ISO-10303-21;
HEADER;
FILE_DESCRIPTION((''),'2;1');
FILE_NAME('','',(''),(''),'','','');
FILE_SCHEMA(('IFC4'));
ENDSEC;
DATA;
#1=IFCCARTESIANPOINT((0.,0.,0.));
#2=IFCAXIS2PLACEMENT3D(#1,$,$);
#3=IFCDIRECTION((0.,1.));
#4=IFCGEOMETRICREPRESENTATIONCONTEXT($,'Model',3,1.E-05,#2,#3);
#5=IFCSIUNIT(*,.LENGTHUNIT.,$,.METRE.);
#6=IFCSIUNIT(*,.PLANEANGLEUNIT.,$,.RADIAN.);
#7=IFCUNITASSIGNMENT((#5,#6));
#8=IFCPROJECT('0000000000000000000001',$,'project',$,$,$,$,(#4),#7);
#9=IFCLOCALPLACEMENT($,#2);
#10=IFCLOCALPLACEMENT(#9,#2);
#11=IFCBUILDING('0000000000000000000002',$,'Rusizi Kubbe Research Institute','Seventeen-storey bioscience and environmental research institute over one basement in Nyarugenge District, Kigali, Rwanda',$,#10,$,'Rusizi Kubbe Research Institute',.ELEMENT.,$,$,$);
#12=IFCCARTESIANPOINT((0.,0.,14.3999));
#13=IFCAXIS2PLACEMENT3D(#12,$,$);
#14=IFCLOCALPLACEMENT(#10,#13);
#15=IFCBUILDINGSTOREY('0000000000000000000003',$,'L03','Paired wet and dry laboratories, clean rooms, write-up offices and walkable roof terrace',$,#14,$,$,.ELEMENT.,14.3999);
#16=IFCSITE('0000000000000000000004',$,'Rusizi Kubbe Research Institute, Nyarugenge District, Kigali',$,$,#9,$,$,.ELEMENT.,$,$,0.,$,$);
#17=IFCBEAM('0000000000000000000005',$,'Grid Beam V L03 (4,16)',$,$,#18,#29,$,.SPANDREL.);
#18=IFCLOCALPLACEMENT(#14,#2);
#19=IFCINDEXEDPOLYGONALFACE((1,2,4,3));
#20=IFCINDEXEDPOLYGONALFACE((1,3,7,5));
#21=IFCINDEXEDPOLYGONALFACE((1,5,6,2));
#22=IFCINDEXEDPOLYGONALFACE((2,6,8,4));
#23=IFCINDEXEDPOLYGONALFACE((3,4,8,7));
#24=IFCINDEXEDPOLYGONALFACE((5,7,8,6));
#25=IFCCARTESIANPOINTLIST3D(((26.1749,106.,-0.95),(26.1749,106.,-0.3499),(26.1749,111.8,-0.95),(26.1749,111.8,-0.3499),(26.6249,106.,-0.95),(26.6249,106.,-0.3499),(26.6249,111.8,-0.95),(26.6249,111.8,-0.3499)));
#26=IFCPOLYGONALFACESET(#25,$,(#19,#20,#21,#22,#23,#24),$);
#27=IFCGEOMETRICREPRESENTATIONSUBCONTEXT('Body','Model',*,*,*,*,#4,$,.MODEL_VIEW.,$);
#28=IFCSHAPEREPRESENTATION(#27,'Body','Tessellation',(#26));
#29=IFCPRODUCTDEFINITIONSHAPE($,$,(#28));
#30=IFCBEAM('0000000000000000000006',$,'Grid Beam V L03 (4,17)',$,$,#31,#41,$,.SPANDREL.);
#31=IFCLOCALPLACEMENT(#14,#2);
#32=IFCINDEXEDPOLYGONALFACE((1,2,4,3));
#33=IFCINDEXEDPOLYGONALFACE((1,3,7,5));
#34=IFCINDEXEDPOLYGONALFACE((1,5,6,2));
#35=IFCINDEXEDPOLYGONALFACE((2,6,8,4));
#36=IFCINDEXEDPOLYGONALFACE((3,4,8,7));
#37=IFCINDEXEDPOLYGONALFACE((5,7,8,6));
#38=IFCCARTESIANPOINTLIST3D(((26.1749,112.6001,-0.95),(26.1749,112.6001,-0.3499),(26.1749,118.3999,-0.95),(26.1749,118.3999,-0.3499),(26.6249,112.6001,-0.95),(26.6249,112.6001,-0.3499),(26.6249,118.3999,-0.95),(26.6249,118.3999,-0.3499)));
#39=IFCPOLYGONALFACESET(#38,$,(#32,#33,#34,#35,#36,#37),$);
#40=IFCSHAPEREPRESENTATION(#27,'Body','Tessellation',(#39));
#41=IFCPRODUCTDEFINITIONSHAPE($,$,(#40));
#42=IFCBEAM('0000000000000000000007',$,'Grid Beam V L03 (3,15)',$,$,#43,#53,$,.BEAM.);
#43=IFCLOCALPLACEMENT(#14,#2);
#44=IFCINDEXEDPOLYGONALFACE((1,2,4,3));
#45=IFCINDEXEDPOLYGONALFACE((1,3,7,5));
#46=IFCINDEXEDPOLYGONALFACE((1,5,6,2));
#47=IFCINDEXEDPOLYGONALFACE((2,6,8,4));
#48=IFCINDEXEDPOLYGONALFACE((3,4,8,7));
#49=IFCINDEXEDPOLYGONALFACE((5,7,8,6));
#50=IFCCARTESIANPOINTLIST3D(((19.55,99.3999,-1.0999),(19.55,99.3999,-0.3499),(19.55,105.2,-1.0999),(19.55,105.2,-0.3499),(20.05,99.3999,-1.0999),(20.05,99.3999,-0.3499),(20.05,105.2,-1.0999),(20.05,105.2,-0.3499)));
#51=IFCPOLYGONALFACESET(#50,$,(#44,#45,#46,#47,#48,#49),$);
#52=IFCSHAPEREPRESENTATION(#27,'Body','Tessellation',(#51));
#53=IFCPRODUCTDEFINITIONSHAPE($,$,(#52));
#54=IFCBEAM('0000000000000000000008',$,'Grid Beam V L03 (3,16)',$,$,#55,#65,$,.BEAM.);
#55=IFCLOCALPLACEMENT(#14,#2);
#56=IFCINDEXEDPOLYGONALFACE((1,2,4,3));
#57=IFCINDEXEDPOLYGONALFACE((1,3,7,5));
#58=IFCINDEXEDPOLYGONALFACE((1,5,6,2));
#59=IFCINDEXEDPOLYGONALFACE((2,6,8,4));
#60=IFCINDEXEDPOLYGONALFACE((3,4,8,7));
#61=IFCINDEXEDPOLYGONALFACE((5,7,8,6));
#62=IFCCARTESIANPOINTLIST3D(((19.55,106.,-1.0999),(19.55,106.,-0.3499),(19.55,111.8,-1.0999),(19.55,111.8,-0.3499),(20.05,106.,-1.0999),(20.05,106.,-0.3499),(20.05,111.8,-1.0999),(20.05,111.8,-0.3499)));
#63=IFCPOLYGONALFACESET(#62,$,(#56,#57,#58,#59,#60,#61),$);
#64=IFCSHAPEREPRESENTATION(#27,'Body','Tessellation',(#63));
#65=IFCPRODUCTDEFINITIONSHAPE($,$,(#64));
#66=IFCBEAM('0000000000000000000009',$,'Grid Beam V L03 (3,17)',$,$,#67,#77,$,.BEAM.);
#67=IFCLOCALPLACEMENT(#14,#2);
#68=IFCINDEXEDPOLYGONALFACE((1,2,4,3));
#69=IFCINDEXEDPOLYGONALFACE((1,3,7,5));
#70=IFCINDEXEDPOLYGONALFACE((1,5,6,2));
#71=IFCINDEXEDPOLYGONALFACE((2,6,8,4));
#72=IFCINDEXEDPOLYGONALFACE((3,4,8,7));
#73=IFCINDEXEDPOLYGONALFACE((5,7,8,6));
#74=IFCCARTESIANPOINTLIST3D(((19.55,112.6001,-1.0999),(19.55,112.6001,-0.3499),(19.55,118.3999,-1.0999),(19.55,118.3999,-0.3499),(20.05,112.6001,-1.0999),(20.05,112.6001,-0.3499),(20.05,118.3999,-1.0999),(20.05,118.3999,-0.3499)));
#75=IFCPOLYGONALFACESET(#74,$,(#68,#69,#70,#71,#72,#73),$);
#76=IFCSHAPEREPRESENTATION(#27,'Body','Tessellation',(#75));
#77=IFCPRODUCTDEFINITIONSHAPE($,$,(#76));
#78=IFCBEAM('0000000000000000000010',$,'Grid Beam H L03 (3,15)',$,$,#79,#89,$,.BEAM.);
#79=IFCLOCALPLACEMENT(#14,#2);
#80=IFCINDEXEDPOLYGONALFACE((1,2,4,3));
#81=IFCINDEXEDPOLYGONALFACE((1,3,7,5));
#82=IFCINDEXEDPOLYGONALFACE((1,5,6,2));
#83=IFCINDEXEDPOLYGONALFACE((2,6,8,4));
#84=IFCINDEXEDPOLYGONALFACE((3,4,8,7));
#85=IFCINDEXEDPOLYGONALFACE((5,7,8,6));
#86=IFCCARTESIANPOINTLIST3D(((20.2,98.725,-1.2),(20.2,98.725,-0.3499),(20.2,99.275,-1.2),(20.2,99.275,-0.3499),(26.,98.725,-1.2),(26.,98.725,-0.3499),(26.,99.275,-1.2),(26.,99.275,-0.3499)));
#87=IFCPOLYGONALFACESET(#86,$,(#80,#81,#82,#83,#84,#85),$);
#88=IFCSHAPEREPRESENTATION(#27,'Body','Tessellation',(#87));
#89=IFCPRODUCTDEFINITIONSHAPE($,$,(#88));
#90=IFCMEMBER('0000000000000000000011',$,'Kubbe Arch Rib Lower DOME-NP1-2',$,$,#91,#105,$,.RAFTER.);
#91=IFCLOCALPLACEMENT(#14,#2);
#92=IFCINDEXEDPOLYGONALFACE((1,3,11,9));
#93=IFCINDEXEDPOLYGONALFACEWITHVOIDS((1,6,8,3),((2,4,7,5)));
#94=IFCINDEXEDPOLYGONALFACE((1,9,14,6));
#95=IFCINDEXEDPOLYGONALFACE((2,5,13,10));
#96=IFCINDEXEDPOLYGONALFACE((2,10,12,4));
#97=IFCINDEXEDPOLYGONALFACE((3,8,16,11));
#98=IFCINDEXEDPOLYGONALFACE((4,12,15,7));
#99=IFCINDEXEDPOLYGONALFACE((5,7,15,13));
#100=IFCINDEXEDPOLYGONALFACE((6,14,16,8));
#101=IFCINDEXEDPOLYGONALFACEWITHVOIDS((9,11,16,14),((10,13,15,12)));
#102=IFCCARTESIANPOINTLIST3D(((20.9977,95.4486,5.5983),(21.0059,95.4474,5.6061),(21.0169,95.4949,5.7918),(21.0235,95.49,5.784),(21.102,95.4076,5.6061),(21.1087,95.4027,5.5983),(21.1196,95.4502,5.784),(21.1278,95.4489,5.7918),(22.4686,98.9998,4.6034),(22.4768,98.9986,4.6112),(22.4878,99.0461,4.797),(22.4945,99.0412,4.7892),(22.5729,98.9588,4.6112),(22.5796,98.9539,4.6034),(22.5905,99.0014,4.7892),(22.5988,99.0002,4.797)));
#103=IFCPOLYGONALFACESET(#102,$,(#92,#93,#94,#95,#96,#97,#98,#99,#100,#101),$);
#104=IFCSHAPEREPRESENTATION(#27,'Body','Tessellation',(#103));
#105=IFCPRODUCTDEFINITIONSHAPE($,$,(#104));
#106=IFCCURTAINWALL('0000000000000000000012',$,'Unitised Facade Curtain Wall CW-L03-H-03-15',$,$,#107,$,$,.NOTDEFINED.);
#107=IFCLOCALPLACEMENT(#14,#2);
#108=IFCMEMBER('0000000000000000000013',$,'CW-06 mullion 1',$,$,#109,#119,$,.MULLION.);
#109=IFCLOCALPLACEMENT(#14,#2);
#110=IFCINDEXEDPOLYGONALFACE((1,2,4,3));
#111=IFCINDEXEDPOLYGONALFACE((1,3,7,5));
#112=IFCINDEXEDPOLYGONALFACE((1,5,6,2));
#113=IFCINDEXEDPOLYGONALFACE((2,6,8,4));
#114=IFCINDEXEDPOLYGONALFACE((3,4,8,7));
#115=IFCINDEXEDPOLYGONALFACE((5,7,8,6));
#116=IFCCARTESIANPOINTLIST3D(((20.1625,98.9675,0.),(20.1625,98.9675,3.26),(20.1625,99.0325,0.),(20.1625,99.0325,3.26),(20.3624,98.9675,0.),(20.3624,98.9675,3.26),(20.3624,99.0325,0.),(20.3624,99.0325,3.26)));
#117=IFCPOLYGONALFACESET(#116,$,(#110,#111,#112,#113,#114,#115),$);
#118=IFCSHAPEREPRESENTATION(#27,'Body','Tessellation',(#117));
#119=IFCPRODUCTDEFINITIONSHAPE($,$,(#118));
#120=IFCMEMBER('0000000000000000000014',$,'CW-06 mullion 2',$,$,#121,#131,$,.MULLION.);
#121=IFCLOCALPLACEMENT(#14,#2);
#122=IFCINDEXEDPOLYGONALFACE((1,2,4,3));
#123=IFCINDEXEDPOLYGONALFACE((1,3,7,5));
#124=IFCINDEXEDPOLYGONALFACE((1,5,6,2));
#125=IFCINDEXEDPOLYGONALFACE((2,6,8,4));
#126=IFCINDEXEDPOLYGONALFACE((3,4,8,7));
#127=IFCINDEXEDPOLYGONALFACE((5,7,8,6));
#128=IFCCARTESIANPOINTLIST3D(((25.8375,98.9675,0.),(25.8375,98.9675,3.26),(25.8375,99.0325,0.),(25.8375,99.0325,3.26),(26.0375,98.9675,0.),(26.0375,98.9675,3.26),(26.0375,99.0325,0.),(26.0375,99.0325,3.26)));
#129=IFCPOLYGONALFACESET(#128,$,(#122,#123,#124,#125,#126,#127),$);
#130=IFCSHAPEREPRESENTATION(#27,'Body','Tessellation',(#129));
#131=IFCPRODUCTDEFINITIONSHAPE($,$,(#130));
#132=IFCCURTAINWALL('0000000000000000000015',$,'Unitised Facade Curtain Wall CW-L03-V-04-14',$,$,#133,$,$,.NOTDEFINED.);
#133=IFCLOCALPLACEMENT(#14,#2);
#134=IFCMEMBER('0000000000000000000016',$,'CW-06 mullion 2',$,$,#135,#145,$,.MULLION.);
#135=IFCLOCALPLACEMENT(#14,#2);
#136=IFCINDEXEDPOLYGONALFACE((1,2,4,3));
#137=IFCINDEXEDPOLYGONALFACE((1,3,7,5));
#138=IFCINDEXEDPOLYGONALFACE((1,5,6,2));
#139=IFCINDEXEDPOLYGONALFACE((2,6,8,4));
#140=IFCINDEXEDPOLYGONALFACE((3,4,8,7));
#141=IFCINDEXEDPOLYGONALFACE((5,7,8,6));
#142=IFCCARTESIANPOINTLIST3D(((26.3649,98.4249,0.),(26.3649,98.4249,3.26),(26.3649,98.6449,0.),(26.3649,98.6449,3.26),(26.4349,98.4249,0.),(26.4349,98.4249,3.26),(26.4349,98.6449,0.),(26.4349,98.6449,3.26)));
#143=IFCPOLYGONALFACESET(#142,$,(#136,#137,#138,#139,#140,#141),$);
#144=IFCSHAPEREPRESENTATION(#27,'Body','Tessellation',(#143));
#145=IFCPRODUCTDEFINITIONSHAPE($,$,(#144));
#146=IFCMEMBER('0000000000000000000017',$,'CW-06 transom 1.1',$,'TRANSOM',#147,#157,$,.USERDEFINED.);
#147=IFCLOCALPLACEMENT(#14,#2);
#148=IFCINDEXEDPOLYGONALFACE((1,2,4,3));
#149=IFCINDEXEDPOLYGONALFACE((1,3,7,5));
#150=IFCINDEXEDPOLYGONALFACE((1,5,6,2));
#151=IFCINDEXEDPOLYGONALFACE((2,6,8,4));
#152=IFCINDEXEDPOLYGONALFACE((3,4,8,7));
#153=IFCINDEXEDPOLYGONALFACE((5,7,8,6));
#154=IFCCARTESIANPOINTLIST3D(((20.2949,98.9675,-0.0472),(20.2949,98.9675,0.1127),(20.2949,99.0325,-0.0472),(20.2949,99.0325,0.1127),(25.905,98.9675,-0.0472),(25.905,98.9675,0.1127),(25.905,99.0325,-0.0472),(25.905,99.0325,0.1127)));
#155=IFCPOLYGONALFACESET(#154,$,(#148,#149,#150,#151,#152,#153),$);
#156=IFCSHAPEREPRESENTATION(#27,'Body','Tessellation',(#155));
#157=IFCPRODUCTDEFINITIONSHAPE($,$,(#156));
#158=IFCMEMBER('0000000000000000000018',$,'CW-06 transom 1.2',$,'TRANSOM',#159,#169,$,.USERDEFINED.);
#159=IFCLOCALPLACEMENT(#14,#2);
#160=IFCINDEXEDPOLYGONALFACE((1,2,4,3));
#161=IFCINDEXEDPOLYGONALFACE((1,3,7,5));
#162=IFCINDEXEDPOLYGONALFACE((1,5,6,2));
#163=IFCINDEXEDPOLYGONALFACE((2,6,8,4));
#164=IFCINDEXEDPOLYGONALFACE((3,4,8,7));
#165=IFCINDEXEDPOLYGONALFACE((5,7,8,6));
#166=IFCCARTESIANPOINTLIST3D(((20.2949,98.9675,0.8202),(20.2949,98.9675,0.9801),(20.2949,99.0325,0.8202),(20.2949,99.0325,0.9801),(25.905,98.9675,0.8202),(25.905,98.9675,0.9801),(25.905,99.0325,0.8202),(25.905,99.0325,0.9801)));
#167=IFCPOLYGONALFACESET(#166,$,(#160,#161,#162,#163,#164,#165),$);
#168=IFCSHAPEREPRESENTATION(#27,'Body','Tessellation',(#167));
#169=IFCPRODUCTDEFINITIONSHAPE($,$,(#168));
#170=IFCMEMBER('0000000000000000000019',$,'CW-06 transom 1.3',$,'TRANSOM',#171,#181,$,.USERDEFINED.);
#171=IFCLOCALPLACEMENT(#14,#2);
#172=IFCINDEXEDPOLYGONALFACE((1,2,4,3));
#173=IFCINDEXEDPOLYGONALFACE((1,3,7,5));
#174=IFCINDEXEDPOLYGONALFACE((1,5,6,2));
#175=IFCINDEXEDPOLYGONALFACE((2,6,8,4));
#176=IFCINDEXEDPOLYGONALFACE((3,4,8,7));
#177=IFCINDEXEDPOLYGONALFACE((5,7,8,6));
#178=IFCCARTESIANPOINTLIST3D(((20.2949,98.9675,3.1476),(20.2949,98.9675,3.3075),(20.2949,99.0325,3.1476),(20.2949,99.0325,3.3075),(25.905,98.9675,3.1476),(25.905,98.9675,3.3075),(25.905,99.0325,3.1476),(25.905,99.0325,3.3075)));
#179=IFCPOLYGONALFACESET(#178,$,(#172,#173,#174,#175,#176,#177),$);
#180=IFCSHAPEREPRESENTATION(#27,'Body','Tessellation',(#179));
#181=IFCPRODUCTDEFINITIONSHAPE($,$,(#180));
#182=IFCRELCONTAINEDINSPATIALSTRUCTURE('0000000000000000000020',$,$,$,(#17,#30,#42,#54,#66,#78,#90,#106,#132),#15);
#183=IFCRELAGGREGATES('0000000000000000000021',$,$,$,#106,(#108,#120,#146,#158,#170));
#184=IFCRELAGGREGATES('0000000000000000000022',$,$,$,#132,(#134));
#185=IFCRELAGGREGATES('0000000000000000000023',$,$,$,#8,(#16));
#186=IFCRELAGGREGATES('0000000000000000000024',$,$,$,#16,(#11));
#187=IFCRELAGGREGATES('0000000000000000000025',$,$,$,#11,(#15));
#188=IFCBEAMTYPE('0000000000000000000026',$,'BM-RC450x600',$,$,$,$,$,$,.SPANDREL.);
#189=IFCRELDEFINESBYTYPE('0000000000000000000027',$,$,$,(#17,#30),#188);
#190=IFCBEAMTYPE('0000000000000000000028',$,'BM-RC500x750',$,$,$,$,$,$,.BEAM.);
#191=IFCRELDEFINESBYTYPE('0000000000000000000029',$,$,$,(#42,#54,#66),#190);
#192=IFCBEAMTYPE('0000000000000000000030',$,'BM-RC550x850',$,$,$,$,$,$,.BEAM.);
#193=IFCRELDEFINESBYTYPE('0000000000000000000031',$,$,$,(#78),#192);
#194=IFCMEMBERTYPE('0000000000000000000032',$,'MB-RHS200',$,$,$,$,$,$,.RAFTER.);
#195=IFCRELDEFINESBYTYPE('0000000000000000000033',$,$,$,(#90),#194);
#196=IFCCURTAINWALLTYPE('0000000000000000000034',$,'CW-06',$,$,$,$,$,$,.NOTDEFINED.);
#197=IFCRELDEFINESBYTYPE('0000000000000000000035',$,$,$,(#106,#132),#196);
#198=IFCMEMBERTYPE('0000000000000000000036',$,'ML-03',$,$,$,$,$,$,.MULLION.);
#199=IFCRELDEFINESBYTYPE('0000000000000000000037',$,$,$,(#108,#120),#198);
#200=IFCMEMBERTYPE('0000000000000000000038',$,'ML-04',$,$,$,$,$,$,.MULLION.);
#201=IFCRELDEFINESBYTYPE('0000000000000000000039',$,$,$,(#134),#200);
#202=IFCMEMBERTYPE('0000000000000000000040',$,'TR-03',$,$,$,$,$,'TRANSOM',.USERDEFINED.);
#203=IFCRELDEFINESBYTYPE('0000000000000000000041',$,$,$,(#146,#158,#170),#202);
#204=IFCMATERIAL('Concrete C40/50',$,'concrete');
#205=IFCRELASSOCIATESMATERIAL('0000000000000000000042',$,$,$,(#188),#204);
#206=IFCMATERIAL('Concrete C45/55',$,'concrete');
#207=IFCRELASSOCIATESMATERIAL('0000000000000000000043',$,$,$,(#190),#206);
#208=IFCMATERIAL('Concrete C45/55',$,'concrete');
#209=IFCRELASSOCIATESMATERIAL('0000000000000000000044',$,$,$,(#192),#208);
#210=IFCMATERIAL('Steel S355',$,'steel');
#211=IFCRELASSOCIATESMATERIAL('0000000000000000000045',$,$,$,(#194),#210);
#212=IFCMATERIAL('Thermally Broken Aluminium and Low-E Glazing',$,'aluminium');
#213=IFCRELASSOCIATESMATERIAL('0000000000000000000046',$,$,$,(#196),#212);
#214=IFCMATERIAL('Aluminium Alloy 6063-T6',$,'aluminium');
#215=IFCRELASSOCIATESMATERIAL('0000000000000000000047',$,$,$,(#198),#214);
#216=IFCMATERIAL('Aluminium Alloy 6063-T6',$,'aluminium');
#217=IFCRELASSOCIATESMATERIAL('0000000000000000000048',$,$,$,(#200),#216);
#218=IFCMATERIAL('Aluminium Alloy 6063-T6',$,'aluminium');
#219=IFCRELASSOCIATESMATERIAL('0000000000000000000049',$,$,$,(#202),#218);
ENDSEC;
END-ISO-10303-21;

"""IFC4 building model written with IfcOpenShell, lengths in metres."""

from ifc_helpers import new_model, si_unit, direction, frame, origin, origin_2d, place, context, subcontext, project, spatial, rectangle, hollow_rectangle, extrude, material, material_profile, profile_set, type_object, element, aggregate, save


model = new_model("IFC4")

# Units and contexts
model_context = context("Model", 3, precision=1e-05, world=origin(), true_north=direction((0.0, 1.0)))
body_context = subcontext(model_context, "Body", "Model", "MODEL_VIEW")
ifc_project = project(units=[si_unit("LENGTHUNIT", "METRE"), si_unit("PLANEANGLEUNIT", "RADIAN")], contexts=[model_context])

# Site, building, storey
site_placement = place(None, origin())
site = spatial("IfcSite", under=ifc_project, at=site_placement, Name="Rusizi Kubbe Research Institute, Nyarugenge District, Kigali", CompositionType="ELEMENT", RefElevation=0.0)
building_placement = place(site_placement, origin())
building = spatial("IfcBuilding", under=site, at=building_placement, Name="Rusizi Kubbe Research Institute", Description="Seventeen-storey bioscience and environmental research institute over one basement in Nyarugenge District, Kigali, Rwanda", LongName="Rusizi Kubbe Research Institute", CompositionType="ELEMENT")
storey_placement = place(building_placement, frame((0.0, 0.0, 14.3999)))
storey = spatial("IfcBuildingStorey", under=building, at=storey_placement, Name="L03", Description="Paired wet and dry laboratories, clean rooms, write-up offices and walkable roof terrace", CompositionType="ELEMENT", Elevation=14.3999)

# Beams
ifc_material_1 = material(Name="Concrete C40/50", Category="concrete")
ifc_material_profile_1 = material_profile(ifc_material_1, rectangle(XDim=0.45, YDim=0.6001, at=origin_2d()), Name="RC450x600")
ifc_profile_set_1 = profile_set([ifc_material_profile_1], Name="Concrete C40/50")
beam_type_1 = type_object("IfcBeamType", Name="BM-RC450x600", PredefinedType="SPANDREL", material=ifc_profile_set_1)
for number, where, z_axis, x_axis, name in (
    (1, (26.3999, 106.0, -0.6499), (0.0, 1.0, 0.0), (-1.0, 0.0, 0.0), "Grid Beam V L03 (4,16)"),
):
    element("IfcBeam", number, at=place(storey_placement, frame(where, z_axis=z_axis, x_axis=x_axis)), inside=storey, type_object=beam_type_1, Name=name, PredefinedType="SPANDREL", context=body_context, shape_type="SweptSolid", body=[
        extrude(rectangle(XDim=0.45, YDim=0.6001, at=origin_2d()), origin(), (0.0, 0.0, 1.0), 5.8),
    ])
beam_1_placement = place(storey_placement, frame((26.3999, 112.6001, -0.6499), z_axis=(0.0, 1.0, 0.0), x_axis=(-1.0, 0.0, 0.0)))
element("IfcBeam", 2, at=beam_1_placement, inside=storey, type_object=beam_type_1, Name="Grid Beam V L03 (4,17)", PredefinedType="SPANDREL", context=body_context, shape_type="SweptSolid", body=[
    extrude(rectangle(XDim=0.45, YDim=0.6001, at=origin_2d()), origin(), (0.0, 0.0, 1.0), 5.7998),
])
ifc_material_2 = material(Name="Concrete C45/55", Category="concrete")
ifc_material_profile_2 = material_profile(ifc_material_2, rectangle(XDim=0.5, YDim=0.75, at=origin_2d()), Name="RC500x750B")
ifc_profile_set_2 = profile_set([ifc_material_profile_2], Name="Concrete C45/55")
beam_type_2 = type_object("IfcBeamType", Name="BM-RC500x750", PredefinedType="BEAM", material=ifc_profile_set_2)
for number, where, z_axis, x_axis, name in (
    (3, (19.8, 99.3999, -0.7249), (0.0, 1.0, 0.0), (-1.0, 0.0, 0.0), "Grid Beam V L03 (3,15)"),
    (4, (19.8, 106.0, -0.7249), (0.0, 1.0, 0.0), (-1.0, 0.0, 0.0), "Grid Beam V L03 (3,16)"),
):
    element("IfcBeam", number, at=place(storey_placement, frame(where, z_axis=z_axis, x_axis=x_axis)), inside=storey, type_object=beam_type_2, Name=name, PredefinedType="BEAM", context=body_context, shape_type="SweptSolid", body=[
        extrude(rectangle(XDim=0.5, YDim=0.75, at=origin_2d()), origin(), (0.0, 0.0, 1.0), 5.8),
    ])
beam_2_placement = place(storey_placement, frame((19.8, 112.6001, -0.7249), z_axis=(0.0, 1.0, 0.0), x_axis=(-1.0, 0.0, 0.0)))
element("IfcBeam", 5, at=beam_2_placement, inside=storey, type_object=beam_type_2, Name="Grid Beam V L03 (3,17)", PredefinedType="BEAM", context=body_context, shape_type="SweptSolid", body=[
    extrude(rectangle(XDim=0.5, YDim=0.75, at=origin_2d()), origin(), (0.0, 0.0, 1.0), 5.7998),
])
ifc_material_3 = material(Name="Concrete C45/55", Category="concrete")
ifc_material_profile_3 = material_profile(ifc_material_3, rectangle(XDim=0.55, YDim=0.8501, at=origin_2d()), Name="RC550x850")
ifc_profile_set_3 = profile_set([ifc_material_profile_3], Name="Concrete C45/55")
beam_type_3 = type_object("IfcBeamType", Name="BM-RC550x850", PredefinedType="BEAM", material=ifc_profile_set_3)
beam_3_placement = place(storey_placement, frame((20.2, 99.0, -0.7749), z_axis=(1.0, 0.0, 0.0), x_axis=(0.0, 1.0, 0.0)))
element("IfcBeam", 6, at=beam_3_placement, inside=storey, type_object=beam_type_3, Name="Grid Beam H L03 (3,15)", PredefinedType="BEAM", context=body_context, shape_type="SweptSolid", body=[
    extrude(rectangle(XDim=0.55, YDim=0.8501, at=origin_2d()), origin(), (0.0, 0.0, 1.0), 5.8),
])

# Member
ifc_material_4 = material(Name="Steel S355", Category="steel")
ifc_material_profile_4 = material_profile(ifc_material_4, hollow_rectangle(XDim=0.1201, YDim=0.2, WallThickness=0.0081, at=origin_2d()), Name="RHS 200x120x8.0")
ifc_profile_set_4 = profile_set([ifc_material_profile_4], Name="Steel S355")
member_type_1 = type_object("IfcMemberType", Name="MB-RHS200", PredefinedType="RAFTER", material=ifc_profile_set_4)
member_1_placement = place(storey_placement, frame((22.5337, 99.0, 4.7002), z_axis=(-0.370468, -0.894411, 0.250565), x_axis=(0.923883, -0.382675, 0.0)))
element("IfcMember", 7, at=member_1_placement, inside=storey, type_object=member_type_1, Name="Kubbe Arch Rib Lower DOME-NP1-2", PredefinedType="RAFTER", context=body_context, shape_type="SweptSolid", body=[
    extrude(hollow_rectangle(XDim=0.1201, YDim=0.2, WallThickness=0.0081, at=origin_2d()), origin(), (0.0, 0.0, 1.0), 3.9705),
])

# Curtain wall, members
ifc_material_5 = material(Name="Thermally Broken Aluminium and Low-E Glazing", Category="aluminium")
curtain_wall_type = type_object("IfcCurtainWallType", Name="CW-06", PredefinedType="NOTDEFINED", material=ifc_material_5)
curtain_wall_1_placement = place(storey_placement, origin())
curtain_wall_1 = element("IfcCurtainWall", 8, at=curtain_wall_1_placement, inside=storey, type_object=curtain_wall_type, Name="Unitised Facade Curtain Wall CW-L03-H-03-15", PredefinedType="NOTDEFINED")
ifc_material_6 = material(Name="Aluminium Alloy 6063-T6", Category="aluminium")
ifc_material_profile_5 = material_profile(ifc_material_6, rectangle(XDim=0.0649, YDim=0.2, at=origin_2d()), Name="ALU-M 65x200")
ifc_profile_set_5 = profile_set([ifc_material_profile_5], Name="Aluminium Alloy 6063-T6")
member_type_2 = type_object("IfcMemberType", Name="ML-03", PredefinedType="MULLION", material=ifc_profile_set_5)
member_2_placement = place(storey_placement, frame((20.2625, 99.0, 0.0), z_axis=(0.0, 0.0, 1.0), x_axis=(0.0, 1.0, 0.0)))
member_2 = element("IfcMember", 9, at=member_2_placement, type_object=member_type_2, Name="CW-06 mullion 1", PredefinedType="MULLION", context=body_context, shape_type="SweptSolid", body=[
    extrude(rectangle(XDim=0.0649, YDim=0.2, at=origin_2d()), origin(), (0.0, 0.0, 1.0), 3.26),
])
member_3_placement = place(storey_placement, frame((25.9375, 99.0, 0.0), z_axis=(0.0, 0.0, 1.0), x_axis=(0.0, 1.0, 0.0)))
member_3 = element("IfcMember", 10, at=member_3_placement, type_object=member_type_2, Name="CW-06 mullion 2", PredefinedType="MULLION", context=body_context, shape_type="SweptSolid", body=[
    extrude(rectangle(XDim=0.0649, YDim=0.2, at=origin_2d()), origin(), (0.0, 0.0, 1.0), 3.26),
])

# Curtain wall, member
curtain_wall_2_placement = place(storey_placement, origin())
curtain_wall_2 = element("IfcCurtainWall", 11, at=curtain_wall_2_placement, inside=storey, type_object=curtain_wall_type, Name="Unitised Facade Curtain Wall CW-L03-V-04-14", PredefinedType="NOTDEFINED")
ifc_material_7 = material(Name="Aluminium Alloy 6063-T6", Category="aluminium")
ifc_material_profile_6 = material_profile(ifc_material_7, rectangle(XDim=0.0701, YDim=0.22, at=origin_2d()), Name="ALU-M 70x220")
ifc_profile_set_6 = profile_set([ifc_material_profile_6], Name="Aluminium Alloy 6063-T6")
member_type_3 = type_object("IfcMemberType", Name="ML-04", PredefinedType="MULLION", material=ifc_profile_set_6)
member_4_placement = place(storey_placement, frame((26.3999, 98.5349, 0.0), z_axis=(0.0, 0.0, 1.0), x_axis=(-1.0, 0.0, 0.0)))
member_4 = element("IfcMember", 12, at=member_4_placement, type_object=member_type_3, Name="CW-06 mullion 2", PredefinedType="MULLION", context=body_context, shape_type="SweptSolid", body=[
    extrude(rectangle(XDim=0.0701, YDim=0.22, at=origin_2d()), origin(), (0.0, 0.0, 1.0), 3.26),
])

# Members
ifc_material_8 = material(Name="Aluminium Alloy 6063-T6", Category="aluminium")
ifc_material_profile_7 = material_profile(ifc_material_8, rectangle(XDim=0.0649, YDim=0.1599, at=origin_2d()), Name="ALU-T 65x160")
ifc_profile_set_7 = profile_set([ifc_material_profile_7], Name="Aluminium Alloy 6063-T6")
member_type_4 = type_object("IfcMemberType", Name="TR-03", ElementType="TRANSOM", PredefinedType="USERDEFINED", material=ifc_profile_set_7)
member_5_placement = place(storey_placement, frame((20.2949, 99.0, 0.0327), z_axis=(1.0, 0.0, 0.0), x_axis=(0.0, 1.0, 0.0)))
member_5 = element("IfcMember", 13, at=member_5_placement, type_object=member_type_4, Name="CW-06 transom 1.1", ObjectType="TRANSOM", PredefinedType="USERDEFINED", context=body_context, shape_type="SweptSolid", body=[
    extrude(rectangle(XDim=0.0649, YDim=0.1599, at=origin_2d()), origin(), (0.0, 0.0, 1.0), 5.6101),
])
member_6_placement = place(storey_placement, frame((20.2949, 99.0, 0.9001), z_axis=(1.0, 0.0, 0.0), x_axis=(0.0, 1.0, 0.0)))
member_6 = element("IfcMember", 14, at=member_6_placement, type_object=member_type_4, Name="CW-06 transom 1.2", ObjectType="TRANSOM", PredefinedType="USERDEFINED", context=body_context, shape_type="SweptSolid", body=[
    extrude(rectangle(XDim=0.0649, YDim=0.1599, at=origin_2d()), origin(), (0.0, 0.0, 1.0), 5.6101),
])
member_7_placement = place(storey_placement, frame((20.2949, 99.0, 3.2275), z_axis=(1.0, 0.0, 0.0), x_axis=(0.0, 1.0, 0.0)))
member_7 = element("IfcMember", 15, at=member_7_placement, type_object=member_type_4, Name="CW-06 transom 1.3", ObjectType="TRANSOM", PredefinedType="USERDEFINED", context=body_context, shape_type="SweptSolid", body=[
    extrude(rectangle(XDim=0.0649, YDim=0.1599, at=origin_2d()), origin(), (0.0, 0.0, 1.0), 5.6101),
])

aggregate(curtain_wall_1, [member_2, member_3, member_5, member_6, member_7])
aggregate(curtain_wall_2, [member_4])

save(model, "model.ifc")
